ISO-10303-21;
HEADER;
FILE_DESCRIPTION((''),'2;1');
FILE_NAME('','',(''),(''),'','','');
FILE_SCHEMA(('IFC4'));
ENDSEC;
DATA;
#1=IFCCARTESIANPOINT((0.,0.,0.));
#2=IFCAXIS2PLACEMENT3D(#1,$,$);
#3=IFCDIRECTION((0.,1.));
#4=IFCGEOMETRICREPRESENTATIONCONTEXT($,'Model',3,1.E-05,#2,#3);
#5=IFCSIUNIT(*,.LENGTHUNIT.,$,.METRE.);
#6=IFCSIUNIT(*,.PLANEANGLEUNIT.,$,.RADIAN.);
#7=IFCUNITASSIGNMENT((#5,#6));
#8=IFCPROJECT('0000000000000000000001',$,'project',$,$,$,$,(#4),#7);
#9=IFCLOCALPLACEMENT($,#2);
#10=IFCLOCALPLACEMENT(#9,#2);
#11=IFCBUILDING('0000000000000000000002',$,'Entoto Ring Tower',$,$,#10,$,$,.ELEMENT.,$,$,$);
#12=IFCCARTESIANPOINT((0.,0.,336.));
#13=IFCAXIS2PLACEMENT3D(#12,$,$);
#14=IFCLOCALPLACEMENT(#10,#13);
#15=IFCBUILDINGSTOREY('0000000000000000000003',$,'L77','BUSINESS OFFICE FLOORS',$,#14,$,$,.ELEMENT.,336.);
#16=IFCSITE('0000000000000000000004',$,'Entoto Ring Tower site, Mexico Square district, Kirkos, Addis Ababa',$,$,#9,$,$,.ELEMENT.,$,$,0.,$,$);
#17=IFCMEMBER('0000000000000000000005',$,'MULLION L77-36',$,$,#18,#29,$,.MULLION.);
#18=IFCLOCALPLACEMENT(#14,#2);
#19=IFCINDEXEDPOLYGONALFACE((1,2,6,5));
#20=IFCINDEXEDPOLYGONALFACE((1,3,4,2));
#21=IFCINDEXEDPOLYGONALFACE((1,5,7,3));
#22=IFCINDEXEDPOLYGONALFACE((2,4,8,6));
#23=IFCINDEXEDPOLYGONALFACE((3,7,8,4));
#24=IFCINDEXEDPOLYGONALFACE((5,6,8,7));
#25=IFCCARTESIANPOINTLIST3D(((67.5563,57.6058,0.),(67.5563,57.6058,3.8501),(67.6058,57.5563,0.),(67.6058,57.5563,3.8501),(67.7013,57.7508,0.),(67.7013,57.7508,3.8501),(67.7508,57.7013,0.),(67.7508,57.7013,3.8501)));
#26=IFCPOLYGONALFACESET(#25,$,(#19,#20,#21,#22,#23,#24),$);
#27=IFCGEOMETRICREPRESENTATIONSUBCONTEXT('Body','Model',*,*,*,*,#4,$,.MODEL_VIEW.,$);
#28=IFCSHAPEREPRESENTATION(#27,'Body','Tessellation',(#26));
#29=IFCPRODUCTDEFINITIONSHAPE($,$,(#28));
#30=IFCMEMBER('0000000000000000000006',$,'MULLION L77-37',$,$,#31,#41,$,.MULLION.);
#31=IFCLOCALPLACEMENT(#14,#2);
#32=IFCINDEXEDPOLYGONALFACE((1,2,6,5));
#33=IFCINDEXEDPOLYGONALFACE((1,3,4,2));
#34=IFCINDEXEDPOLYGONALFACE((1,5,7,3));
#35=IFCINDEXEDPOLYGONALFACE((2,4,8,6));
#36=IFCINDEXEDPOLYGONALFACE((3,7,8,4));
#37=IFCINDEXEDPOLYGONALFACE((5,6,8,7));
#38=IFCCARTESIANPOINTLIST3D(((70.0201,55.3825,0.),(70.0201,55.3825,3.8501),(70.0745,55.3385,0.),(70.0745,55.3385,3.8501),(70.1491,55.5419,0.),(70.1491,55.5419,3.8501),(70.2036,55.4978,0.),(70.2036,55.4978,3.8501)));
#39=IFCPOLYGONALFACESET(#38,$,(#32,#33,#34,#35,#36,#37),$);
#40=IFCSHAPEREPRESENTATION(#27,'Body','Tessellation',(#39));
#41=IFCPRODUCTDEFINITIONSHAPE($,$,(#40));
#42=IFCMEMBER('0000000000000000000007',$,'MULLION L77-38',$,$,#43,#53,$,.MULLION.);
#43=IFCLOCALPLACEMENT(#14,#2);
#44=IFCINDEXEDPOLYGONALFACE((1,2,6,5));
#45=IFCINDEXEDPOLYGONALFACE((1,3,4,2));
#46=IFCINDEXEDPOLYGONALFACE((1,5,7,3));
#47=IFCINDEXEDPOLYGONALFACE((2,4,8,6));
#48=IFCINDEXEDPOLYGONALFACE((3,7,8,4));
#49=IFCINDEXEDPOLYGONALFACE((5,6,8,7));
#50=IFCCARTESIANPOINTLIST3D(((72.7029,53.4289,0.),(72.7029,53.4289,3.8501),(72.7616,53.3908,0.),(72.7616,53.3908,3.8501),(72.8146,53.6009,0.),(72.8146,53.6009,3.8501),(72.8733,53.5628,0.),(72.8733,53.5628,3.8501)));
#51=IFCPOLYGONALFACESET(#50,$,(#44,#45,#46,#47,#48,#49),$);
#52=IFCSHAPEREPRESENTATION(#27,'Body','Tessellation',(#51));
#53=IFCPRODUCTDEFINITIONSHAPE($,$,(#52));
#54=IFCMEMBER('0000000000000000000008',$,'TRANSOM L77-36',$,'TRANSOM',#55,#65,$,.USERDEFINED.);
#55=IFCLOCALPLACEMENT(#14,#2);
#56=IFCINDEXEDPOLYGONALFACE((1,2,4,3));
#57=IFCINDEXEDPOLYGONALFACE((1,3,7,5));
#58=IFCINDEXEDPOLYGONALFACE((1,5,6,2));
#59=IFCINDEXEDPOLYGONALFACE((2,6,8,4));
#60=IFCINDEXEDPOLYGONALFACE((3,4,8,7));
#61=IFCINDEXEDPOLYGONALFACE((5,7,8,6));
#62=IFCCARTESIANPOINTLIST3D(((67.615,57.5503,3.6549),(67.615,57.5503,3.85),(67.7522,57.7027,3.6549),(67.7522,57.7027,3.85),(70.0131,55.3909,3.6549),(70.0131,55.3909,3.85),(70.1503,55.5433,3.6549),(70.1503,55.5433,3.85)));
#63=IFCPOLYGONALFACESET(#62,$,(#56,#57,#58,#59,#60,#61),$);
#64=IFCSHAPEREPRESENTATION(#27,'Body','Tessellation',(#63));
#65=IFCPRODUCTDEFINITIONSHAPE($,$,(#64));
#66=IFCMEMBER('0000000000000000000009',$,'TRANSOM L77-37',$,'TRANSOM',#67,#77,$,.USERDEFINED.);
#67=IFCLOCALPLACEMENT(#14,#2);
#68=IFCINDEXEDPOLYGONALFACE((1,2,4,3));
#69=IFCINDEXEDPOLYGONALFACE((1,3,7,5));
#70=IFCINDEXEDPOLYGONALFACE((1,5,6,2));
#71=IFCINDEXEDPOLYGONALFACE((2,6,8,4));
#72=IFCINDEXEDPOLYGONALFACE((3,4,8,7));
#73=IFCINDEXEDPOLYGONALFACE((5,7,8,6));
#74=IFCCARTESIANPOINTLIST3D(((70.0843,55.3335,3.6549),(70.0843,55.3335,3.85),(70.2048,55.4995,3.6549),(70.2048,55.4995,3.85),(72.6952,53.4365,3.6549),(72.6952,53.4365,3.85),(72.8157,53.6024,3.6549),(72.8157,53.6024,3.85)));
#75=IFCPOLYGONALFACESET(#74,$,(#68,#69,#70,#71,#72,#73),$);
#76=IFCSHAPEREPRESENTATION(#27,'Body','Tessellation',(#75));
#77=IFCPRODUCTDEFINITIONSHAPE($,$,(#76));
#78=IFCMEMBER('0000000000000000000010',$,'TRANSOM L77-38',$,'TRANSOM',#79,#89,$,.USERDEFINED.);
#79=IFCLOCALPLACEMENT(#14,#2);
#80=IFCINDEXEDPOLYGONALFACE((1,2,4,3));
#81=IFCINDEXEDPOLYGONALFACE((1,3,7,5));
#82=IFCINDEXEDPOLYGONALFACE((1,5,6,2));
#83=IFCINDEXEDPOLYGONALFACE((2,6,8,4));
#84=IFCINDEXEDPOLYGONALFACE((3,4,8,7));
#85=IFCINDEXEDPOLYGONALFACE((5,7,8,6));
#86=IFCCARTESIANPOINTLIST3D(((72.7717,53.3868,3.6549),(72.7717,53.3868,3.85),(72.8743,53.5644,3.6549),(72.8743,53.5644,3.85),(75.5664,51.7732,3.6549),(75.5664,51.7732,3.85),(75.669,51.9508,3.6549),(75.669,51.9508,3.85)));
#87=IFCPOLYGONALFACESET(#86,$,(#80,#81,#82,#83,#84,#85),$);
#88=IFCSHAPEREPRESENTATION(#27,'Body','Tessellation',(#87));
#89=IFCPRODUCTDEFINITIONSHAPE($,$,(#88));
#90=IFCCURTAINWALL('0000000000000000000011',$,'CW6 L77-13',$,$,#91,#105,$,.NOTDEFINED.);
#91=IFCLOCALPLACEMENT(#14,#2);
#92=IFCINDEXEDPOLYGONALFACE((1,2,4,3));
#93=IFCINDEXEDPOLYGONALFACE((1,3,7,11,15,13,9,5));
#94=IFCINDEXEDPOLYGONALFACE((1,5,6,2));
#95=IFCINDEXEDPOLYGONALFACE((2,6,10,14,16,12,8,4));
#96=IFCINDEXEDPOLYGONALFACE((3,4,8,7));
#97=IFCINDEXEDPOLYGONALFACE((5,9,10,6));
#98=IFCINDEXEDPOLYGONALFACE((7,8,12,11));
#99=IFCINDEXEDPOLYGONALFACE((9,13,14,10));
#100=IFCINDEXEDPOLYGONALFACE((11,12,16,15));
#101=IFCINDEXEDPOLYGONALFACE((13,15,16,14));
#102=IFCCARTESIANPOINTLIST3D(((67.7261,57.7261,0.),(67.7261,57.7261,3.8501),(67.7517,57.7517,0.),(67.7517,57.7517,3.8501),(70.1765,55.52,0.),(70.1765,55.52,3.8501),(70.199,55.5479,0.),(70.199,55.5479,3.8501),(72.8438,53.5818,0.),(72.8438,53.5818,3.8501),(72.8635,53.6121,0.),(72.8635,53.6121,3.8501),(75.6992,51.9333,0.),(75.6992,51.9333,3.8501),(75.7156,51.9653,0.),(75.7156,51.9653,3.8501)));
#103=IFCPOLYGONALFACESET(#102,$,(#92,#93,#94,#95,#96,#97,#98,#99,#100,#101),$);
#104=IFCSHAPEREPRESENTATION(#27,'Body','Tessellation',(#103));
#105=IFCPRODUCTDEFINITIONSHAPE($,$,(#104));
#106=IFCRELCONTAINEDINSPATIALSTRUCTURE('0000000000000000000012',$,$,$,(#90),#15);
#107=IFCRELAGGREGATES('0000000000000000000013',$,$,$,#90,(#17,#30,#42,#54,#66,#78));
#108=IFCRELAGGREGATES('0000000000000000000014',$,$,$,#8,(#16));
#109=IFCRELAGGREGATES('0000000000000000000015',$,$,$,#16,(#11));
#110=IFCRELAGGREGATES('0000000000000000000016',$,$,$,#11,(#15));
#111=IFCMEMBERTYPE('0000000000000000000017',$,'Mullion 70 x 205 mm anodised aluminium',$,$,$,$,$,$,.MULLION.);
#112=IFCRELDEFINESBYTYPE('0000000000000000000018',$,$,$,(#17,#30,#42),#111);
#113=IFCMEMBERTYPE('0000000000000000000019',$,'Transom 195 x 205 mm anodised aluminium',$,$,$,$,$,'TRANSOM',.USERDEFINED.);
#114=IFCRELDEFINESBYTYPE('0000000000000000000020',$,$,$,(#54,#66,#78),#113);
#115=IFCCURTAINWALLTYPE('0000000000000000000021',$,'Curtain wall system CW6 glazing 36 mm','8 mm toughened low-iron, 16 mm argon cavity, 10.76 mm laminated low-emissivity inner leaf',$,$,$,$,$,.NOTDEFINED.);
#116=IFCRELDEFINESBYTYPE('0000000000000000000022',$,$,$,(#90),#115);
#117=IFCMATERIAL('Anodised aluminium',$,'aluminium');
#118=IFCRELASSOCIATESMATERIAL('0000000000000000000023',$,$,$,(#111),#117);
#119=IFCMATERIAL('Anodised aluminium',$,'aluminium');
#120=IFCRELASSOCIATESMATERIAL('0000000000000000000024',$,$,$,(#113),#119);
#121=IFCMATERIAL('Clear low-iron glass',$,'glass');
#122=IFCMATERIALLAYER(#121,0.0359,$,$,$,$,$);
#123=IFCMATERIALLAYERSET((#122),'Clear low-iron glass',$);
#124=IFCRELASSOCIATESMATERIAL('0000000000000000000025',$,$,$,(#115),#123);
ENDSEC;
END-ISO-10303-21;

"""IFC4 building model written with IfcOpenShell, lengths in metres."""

from ifc_helpers import new_model, si_unit, direction, frame, origin, origin_2d, place, context, subcontext, project, spatial, polyline, rectangle, outline, extrude, material, layer, layer_set, material_profile, profile_set, type_object, element, aggregate, save


model = new_model("IFC4")

# Units and contexts
model_context = context("Model", 3, precision=1e-05, world=origin(), true_north=direction((0.0, 1.0)))
body_context = subcontext(model_context, "Body", "Model", "MODEL_VIEW")
ifc_project = project(units=[si_unit("LENGTHUNIT", "METRE"), si_unit("PLANEANGLEUNIT", "RADIAN")], contexts=[model_context])

# Members
ifc_material_1 = material(Name="Anodised aluminium", Category="aluminium")
ifc_material_profile_1 = material_profile(ifc_material_1, rectangle(XDim=0.0701, YDim=0.2051, at=origin_2d()), Name="Mullion 70 x 205 mm anodised aluminium")
ifc_profile_set_1 = profile_set([ifc_material_profile_1], Name="Anodised aluminium")
member_type_1 = type_object("IfcMemberType", Name="Mullion 70 x 205 mm anodised aluminium", PredefinedType="MULLION", material=ifc_profile_set_1)
site_placement = place(None, origin())
building_placement = place(site_placement, origin())
storey_placement = place(building_placement, frame((0.0, 0.0, 336.0)))
member_1_placement = place(storey_placement, frame((67.6536, 57.6536, 0.0), z_axis=(0.0, 0.0, 1.0), x_axis=(0.707107, -0.707107, 0.0)))
member_1 = element("IfcMember", 1, at=member_1_placement, type_object=member_type_1, Name="MULLION L77-36", PredefinedType="MULLION", context=body_context, shape_type="SweptSolid", body=[
    extrude(rectangle(XDim=0.0701, YDim=0.2051, at=origin_2d()), origin(), (0.0, 0.0, 1.0), 3.8501),
])
member_2_placement = place(storey_placement, frame((70.1118, 55.4402, 0.0), z_axis=(0.0, 0.0, 1.0), x_axis=(0.777146, -0.62932, 0.0)))
member_2 = element("IfcMember", 2, at=member_2_placement, type_object=member_type_1, Name="MULLION L77-37", PredefinedType="MULLION", context=body_context, shape_type="SweptSolid", body=[
    extrude(rectangle(XDim=0.0701, YDim=0.2051, at=origin_2d()), origin(), (0.0, 0.0, 1.0), 3.8501),
])
member_3_placement = place(storey_placement, frame((72.7881, 53.4958, 0.0), z_axis=(0.0, 0.0, 1.0), x_axis=(0.838671, -0.544639, 0.0)))
member_3 = element("IfcMember", 3, at=member_3_placement, type_object=member_type_1, Name="MULLION L77-38", PredefinedType="MULLION", context=body_context, shape_type="SweptSolid", body=[
    extrude(rectangle(XDim=0.0701, YDim=0.2051, at=origin_2d()), origin(), (0.0, 0.0, 1.0), 3.8501),
])
ifc_material_2 = material(Name="Anodised aluminium", Category="aluminium")
ifc_material_profile_2 = material_profile(ifc_material_2, rectangle(XDim=0.2051, YDim=0.1951, at=origin_2d()), Name="Transom 195 x 205 mm anodised aluminium")
ifc_profile_set_2 = profile_set([ifc_material_profile_2], Name="Anodised aluminium")
member_type_2 = type_object("IfcMemberType", Name="Transom 195 x 205 mm anodised aluminium", ElementType="TRANSOM", PredefinedType="USERDEFINED", material=ifc_profile_set_2)
member_4_placement = place(storey_placement, frame((67.6836, 57.6265, 3.7524), z_axis=(0.743132, -0.669144, 0.0), x_axis=(0.669144, 0.743132, 0.0)))
member_4 = element("IfcMember", 4, at=member_4_placement, type_object=member_type_2, Name="TRANSOM L77-36", ObjectType="TRANSOM", PredefinedType="USERDEFINED", context=body_context, shape_type="SweptSolid", body=[
    extrude(rectangle(XDim=0.2051, YDim=0.1951, at=origin_2d()), origin(), (0.0, 0.0, 1.0), 3.2271),
])
member_5_placement = place(storey_placement, frame((70.1445, 55.4165, 3.7524), z_axis=(0.809004, -0.587803, 0.0), x_axis=(0.587803, 0.809004, 0.0)))
member_5 = element("IfcMember", 5, at=member_5_placement, type_object=member_type_2, Name="TRANSOM L77-37", ObjectType="TRANSOM", PredefinedType="USERDEFINED", context=body_context, shape_type="SweptSolid", body=[
    extrude(rectangle(XDim=0.2051, YDim=0.1951, at=origin_2d()), origin(), (0.0, 0.0, 1.0), 3.2273),
])
member_6_placement = place(storey_placement, frame((72.823, 53.4756, 3.7524), z_axis=(0.866023, -0.500004, 0.0), x_axis=(0.500004, 0.866023, 0.0)))
member_6 = element("IfcMember", 6, at=member_6_placement, type_object=member_type_2, Name="TRANSOM L77-38", ObjectType="TRANSOM", PredefinedType="USERDEFINED", context=body_context, shape_type="SweptSolid", body=[
    extrude(rectangle(XDim=0.2051, YDim=0.1951, at=origin_2d()), origin(), (0.0, 0.0, 1.0), 3.2271),
])

# Site, building, storey
site = spatial("IfcSite", under=ifc_project, at=site_placement, Name="Entoto Ring Tower site, Mexico Square district, Kirkos, Addis Ababa", CompositionType="ELEMENT", RefElevation=0.0)
building = spatial("IfcBuilding", under=site, at=building_placement, Name="Entoto Ring Tower", CompositionType="ELEMENT")
storey = spatial("IfcBuildingStorey", under=building, at=storey_placement, Name="L77", Description="BUSINESS OFFICE FLOORS", CompositionType="ELEMENT", Elevation=336.0)

# Curtain wall
ifc_material_3 = material(Name="Clear low-iron glass", Category="glass")
ifc_layer = layer(ifc_material_3, 0.0359)
ifc_layer_set = layer_set([ifc_layer], Name="Clear low-iron glass")
curtain_wall_type = type_object("IfcCurtainWallType", Name="Curtain wall system CW6 glazing 36 mm", Description="8 mm toughened low-iron, 16 mm argon cavity, 10.76 mm laminated low-emissivity inner leaf", PredefinedType="NOTDEFINED", material=ifc_layer_set)
curtain_wall_1_placement = place(storey_placement, origin())
curtain_wall_1 = element("IfcCurtainWall", 7, at=curtain_wall_1_placement, inside=storey, type_object=curtain_wall_type, Name="CW6 L77-13", PredefinedType="NOTDEFINED", context=body_context, shape_type="SweptSolid", body=[
    extrude(outline(polyline([(67.7261, 57.7261), (70.1765, 55.52), (72.8438, 53.5818), (75.6992, 51.9333), (75.7156, 51.9653), (72.8635, 53.6121), (70.199, 55.5479), (67.7517, 57.7517), (67.7261, 57.7261)])), origin(), (0.0, 0.0, 1.0), 3.8501),
])
aggregate(curtain_wall_1, [member_1, member_2, member_3, member_4, member_5, member_6])

save(model, "model.ifc")
